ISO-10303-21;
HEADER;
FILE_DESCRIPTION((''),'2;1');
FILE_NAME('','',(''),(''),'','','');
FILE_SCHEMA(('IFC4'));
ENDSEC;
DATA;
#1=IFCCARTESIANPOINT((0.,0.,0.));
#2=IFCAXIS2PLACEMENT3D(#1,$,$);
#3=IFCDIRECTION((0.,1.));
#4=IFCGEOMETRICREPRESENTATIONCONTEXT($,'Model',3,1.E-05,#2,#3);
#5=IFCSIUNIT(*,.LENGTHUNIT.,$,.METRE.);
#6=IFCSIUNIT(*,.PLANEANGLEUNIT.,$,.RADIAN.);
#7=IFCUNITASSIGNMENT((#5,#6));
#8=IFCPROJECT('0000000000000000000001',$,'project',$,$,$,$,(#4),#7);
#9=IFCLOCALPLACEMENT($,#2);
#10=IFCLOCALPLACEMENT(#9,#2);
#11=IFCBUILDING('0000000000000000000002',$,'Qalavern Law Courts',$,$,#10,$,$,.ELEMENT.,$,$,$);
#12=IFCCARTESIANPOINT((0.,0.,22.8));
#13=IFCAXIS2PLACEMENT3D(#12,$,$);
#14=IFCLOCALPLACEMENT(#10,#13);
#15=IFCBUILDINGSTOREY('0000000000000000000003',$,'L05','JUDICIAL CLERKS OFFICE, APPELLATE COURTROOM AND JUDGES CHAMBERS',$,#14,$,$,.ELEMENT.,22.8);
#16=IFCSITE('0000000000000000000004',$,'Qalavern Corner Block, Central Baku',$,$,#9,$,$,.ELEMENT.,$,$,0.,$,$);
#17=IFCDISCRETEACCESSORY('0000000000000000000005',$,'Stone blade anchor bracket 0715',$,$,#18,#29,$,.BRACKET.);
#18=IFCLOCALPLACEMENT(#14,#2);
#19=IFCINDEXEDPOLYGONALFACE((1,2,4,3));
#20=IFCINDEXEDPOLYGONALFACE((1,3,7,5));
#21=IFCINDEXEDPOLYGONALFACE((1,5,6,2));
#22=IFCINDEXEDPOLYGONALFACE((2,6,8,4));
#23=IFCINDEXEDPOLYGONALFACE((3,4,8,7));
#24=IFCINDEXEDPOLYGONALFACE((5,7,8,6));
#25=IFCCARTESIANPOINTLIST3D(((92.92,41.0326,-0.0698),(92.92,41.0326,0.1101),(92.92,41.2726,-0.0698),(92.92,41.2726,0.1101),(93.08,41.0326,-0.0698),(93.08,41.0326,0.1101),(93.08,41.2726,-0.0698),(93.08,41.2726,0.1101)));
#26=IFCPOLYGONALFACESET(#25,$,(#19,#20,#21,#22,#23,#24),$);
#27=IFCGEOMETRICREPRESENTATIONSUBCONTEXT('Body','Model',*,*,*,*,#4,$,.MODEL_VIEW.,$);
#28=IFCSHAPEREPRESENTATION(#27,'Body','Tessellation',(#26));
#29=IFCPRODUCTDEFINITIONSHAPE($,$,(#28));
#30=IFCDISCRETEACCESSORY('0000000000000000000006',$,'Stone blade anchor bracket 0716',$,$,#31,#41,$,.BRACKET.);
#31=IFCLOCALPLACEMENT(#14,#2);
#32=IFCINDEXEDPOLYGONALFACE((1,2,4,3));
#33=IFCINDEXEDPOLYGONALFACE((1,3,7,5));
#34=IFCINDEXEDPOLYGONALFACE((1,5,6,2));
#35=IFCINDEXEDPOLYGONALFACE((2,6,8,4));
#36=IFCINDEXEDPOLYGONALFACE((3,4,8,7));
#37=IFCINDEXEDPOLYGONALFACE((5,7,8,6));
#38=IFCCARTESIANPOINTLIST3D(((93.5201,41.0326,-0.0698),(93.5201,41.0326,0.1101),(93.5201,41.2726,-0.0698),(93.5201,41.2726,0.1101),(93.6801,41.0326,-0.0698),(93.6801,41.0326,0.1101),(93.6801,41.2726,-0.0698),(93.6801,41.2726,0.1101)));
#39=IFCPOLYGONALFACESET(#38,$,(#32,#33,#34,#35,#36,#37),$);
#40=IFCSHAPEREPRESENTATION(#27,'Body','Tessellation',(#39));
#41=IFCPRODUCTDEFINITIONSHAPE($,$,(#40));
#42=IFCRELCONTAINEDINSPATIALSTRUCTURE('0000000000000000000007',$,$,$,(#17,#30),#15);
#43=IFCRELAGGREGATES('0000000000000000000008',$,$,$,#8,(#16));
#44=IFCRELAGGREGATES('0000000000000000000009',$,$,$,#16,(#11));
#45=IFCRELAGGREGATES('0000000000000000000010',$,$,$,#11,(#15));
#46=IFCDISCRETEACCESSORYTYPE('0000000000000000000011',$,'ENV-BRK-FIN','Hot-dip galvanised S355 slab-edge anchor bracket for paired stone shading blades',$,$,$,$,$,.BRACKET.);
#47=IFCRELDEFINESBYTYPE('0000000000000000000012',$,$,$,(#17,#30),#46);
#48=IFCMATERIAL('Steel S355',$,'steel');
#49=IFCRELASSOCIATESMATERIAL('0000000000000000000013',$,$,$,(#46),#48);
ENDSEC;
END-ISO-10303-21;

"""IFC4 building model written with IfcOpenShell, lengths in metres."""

from ifc_helpers import new_model, si_unit, direction, frame, origin, origin_2d, place, context, subcontext, project, spatial, rectangle, extrude, material, type_object, element, save


model = new_model("IFC4")

# Units and contexts
model_context = context("Model", 3, precision=1e-05, world=origin(), true_north=direction((0.0, 1.0)))
body_context = subcontext(model_context, "Body", "Model", "MODEL_VIEW")
ifc_project = project(units=[si_unit("LENGTHUNIT", "METRE"), si_unit("PLANEANGLEUNIT", "RADIAN")], contexts=[model_context])

# Site, building, storey
site_placement = place(None, origin())
site = spatial("IfcSite", under=ifc_project, at=site_placement, Name="Qalavern Corner Block, Central Baku", CompositionType="ELEMENT", RefElevation=0.0)
building_placement = place(site_placement, origin())
building = spatial("IfcBuilding", under=site, at=building_placement, Name="Qalavern Law Courts", CompositionType="ELEMENT")
storey_placement = place(building_placement, frame((0.0, 0.0, 22.8)))
storey = spatial("IfcBuildingStorey", under=building, at=storey_placement, Name="L05", Description="JUDICIAL CLERKS OFFICE, APPELLATE COURTROOM AND JUDGES CHAMBERS", CompositionType="ELEMENT", Elevation=22.8)

# Discrete accessories
ifc_material_1 = material(Name="Steel S355", Category="steel")
discrete_accessory_type = type_object("IfcDiscreteAccessoryType", Name="ENV-BRK-FIN", Description="Hot-dip galvanised S355 slab-edge anchor bracket for paired stone shading blades", PredefinedType="BRACKET", material=ifc_material_1)
for number, where, z_axis, x_axis, name in (
    (1, (93.0, 41.1526, -0.0698), (0.0, 0.0, 1.0), (0.0, -1.0, 0.0), "Stone blade anchor bracket 0715"),
    (2, (93.6001, 41.1526, -0.0698), (0.0, 0.0, 1.0), (0.0, -1.0, 0.0), "Stone blade anchor bracket 0716"),
):
    element("IfcDiscreteAccessory", number, at=place(storey_placement, frame(where, z_axis=z_axis, x_axis=x_axis)), inside=storey, type_object=discrete_accessory_type, Name=name, PredefinedType="BRACKET", context=body_context, shape_type="SweptSolid", body=[
        extrude(rectangle(XDim=0.24, YDim=0.1599, at=origin_2d()), origin(), (0.0, 0.0, 1.0), 0.1799),
    ])

save(model, "model.ifc")
